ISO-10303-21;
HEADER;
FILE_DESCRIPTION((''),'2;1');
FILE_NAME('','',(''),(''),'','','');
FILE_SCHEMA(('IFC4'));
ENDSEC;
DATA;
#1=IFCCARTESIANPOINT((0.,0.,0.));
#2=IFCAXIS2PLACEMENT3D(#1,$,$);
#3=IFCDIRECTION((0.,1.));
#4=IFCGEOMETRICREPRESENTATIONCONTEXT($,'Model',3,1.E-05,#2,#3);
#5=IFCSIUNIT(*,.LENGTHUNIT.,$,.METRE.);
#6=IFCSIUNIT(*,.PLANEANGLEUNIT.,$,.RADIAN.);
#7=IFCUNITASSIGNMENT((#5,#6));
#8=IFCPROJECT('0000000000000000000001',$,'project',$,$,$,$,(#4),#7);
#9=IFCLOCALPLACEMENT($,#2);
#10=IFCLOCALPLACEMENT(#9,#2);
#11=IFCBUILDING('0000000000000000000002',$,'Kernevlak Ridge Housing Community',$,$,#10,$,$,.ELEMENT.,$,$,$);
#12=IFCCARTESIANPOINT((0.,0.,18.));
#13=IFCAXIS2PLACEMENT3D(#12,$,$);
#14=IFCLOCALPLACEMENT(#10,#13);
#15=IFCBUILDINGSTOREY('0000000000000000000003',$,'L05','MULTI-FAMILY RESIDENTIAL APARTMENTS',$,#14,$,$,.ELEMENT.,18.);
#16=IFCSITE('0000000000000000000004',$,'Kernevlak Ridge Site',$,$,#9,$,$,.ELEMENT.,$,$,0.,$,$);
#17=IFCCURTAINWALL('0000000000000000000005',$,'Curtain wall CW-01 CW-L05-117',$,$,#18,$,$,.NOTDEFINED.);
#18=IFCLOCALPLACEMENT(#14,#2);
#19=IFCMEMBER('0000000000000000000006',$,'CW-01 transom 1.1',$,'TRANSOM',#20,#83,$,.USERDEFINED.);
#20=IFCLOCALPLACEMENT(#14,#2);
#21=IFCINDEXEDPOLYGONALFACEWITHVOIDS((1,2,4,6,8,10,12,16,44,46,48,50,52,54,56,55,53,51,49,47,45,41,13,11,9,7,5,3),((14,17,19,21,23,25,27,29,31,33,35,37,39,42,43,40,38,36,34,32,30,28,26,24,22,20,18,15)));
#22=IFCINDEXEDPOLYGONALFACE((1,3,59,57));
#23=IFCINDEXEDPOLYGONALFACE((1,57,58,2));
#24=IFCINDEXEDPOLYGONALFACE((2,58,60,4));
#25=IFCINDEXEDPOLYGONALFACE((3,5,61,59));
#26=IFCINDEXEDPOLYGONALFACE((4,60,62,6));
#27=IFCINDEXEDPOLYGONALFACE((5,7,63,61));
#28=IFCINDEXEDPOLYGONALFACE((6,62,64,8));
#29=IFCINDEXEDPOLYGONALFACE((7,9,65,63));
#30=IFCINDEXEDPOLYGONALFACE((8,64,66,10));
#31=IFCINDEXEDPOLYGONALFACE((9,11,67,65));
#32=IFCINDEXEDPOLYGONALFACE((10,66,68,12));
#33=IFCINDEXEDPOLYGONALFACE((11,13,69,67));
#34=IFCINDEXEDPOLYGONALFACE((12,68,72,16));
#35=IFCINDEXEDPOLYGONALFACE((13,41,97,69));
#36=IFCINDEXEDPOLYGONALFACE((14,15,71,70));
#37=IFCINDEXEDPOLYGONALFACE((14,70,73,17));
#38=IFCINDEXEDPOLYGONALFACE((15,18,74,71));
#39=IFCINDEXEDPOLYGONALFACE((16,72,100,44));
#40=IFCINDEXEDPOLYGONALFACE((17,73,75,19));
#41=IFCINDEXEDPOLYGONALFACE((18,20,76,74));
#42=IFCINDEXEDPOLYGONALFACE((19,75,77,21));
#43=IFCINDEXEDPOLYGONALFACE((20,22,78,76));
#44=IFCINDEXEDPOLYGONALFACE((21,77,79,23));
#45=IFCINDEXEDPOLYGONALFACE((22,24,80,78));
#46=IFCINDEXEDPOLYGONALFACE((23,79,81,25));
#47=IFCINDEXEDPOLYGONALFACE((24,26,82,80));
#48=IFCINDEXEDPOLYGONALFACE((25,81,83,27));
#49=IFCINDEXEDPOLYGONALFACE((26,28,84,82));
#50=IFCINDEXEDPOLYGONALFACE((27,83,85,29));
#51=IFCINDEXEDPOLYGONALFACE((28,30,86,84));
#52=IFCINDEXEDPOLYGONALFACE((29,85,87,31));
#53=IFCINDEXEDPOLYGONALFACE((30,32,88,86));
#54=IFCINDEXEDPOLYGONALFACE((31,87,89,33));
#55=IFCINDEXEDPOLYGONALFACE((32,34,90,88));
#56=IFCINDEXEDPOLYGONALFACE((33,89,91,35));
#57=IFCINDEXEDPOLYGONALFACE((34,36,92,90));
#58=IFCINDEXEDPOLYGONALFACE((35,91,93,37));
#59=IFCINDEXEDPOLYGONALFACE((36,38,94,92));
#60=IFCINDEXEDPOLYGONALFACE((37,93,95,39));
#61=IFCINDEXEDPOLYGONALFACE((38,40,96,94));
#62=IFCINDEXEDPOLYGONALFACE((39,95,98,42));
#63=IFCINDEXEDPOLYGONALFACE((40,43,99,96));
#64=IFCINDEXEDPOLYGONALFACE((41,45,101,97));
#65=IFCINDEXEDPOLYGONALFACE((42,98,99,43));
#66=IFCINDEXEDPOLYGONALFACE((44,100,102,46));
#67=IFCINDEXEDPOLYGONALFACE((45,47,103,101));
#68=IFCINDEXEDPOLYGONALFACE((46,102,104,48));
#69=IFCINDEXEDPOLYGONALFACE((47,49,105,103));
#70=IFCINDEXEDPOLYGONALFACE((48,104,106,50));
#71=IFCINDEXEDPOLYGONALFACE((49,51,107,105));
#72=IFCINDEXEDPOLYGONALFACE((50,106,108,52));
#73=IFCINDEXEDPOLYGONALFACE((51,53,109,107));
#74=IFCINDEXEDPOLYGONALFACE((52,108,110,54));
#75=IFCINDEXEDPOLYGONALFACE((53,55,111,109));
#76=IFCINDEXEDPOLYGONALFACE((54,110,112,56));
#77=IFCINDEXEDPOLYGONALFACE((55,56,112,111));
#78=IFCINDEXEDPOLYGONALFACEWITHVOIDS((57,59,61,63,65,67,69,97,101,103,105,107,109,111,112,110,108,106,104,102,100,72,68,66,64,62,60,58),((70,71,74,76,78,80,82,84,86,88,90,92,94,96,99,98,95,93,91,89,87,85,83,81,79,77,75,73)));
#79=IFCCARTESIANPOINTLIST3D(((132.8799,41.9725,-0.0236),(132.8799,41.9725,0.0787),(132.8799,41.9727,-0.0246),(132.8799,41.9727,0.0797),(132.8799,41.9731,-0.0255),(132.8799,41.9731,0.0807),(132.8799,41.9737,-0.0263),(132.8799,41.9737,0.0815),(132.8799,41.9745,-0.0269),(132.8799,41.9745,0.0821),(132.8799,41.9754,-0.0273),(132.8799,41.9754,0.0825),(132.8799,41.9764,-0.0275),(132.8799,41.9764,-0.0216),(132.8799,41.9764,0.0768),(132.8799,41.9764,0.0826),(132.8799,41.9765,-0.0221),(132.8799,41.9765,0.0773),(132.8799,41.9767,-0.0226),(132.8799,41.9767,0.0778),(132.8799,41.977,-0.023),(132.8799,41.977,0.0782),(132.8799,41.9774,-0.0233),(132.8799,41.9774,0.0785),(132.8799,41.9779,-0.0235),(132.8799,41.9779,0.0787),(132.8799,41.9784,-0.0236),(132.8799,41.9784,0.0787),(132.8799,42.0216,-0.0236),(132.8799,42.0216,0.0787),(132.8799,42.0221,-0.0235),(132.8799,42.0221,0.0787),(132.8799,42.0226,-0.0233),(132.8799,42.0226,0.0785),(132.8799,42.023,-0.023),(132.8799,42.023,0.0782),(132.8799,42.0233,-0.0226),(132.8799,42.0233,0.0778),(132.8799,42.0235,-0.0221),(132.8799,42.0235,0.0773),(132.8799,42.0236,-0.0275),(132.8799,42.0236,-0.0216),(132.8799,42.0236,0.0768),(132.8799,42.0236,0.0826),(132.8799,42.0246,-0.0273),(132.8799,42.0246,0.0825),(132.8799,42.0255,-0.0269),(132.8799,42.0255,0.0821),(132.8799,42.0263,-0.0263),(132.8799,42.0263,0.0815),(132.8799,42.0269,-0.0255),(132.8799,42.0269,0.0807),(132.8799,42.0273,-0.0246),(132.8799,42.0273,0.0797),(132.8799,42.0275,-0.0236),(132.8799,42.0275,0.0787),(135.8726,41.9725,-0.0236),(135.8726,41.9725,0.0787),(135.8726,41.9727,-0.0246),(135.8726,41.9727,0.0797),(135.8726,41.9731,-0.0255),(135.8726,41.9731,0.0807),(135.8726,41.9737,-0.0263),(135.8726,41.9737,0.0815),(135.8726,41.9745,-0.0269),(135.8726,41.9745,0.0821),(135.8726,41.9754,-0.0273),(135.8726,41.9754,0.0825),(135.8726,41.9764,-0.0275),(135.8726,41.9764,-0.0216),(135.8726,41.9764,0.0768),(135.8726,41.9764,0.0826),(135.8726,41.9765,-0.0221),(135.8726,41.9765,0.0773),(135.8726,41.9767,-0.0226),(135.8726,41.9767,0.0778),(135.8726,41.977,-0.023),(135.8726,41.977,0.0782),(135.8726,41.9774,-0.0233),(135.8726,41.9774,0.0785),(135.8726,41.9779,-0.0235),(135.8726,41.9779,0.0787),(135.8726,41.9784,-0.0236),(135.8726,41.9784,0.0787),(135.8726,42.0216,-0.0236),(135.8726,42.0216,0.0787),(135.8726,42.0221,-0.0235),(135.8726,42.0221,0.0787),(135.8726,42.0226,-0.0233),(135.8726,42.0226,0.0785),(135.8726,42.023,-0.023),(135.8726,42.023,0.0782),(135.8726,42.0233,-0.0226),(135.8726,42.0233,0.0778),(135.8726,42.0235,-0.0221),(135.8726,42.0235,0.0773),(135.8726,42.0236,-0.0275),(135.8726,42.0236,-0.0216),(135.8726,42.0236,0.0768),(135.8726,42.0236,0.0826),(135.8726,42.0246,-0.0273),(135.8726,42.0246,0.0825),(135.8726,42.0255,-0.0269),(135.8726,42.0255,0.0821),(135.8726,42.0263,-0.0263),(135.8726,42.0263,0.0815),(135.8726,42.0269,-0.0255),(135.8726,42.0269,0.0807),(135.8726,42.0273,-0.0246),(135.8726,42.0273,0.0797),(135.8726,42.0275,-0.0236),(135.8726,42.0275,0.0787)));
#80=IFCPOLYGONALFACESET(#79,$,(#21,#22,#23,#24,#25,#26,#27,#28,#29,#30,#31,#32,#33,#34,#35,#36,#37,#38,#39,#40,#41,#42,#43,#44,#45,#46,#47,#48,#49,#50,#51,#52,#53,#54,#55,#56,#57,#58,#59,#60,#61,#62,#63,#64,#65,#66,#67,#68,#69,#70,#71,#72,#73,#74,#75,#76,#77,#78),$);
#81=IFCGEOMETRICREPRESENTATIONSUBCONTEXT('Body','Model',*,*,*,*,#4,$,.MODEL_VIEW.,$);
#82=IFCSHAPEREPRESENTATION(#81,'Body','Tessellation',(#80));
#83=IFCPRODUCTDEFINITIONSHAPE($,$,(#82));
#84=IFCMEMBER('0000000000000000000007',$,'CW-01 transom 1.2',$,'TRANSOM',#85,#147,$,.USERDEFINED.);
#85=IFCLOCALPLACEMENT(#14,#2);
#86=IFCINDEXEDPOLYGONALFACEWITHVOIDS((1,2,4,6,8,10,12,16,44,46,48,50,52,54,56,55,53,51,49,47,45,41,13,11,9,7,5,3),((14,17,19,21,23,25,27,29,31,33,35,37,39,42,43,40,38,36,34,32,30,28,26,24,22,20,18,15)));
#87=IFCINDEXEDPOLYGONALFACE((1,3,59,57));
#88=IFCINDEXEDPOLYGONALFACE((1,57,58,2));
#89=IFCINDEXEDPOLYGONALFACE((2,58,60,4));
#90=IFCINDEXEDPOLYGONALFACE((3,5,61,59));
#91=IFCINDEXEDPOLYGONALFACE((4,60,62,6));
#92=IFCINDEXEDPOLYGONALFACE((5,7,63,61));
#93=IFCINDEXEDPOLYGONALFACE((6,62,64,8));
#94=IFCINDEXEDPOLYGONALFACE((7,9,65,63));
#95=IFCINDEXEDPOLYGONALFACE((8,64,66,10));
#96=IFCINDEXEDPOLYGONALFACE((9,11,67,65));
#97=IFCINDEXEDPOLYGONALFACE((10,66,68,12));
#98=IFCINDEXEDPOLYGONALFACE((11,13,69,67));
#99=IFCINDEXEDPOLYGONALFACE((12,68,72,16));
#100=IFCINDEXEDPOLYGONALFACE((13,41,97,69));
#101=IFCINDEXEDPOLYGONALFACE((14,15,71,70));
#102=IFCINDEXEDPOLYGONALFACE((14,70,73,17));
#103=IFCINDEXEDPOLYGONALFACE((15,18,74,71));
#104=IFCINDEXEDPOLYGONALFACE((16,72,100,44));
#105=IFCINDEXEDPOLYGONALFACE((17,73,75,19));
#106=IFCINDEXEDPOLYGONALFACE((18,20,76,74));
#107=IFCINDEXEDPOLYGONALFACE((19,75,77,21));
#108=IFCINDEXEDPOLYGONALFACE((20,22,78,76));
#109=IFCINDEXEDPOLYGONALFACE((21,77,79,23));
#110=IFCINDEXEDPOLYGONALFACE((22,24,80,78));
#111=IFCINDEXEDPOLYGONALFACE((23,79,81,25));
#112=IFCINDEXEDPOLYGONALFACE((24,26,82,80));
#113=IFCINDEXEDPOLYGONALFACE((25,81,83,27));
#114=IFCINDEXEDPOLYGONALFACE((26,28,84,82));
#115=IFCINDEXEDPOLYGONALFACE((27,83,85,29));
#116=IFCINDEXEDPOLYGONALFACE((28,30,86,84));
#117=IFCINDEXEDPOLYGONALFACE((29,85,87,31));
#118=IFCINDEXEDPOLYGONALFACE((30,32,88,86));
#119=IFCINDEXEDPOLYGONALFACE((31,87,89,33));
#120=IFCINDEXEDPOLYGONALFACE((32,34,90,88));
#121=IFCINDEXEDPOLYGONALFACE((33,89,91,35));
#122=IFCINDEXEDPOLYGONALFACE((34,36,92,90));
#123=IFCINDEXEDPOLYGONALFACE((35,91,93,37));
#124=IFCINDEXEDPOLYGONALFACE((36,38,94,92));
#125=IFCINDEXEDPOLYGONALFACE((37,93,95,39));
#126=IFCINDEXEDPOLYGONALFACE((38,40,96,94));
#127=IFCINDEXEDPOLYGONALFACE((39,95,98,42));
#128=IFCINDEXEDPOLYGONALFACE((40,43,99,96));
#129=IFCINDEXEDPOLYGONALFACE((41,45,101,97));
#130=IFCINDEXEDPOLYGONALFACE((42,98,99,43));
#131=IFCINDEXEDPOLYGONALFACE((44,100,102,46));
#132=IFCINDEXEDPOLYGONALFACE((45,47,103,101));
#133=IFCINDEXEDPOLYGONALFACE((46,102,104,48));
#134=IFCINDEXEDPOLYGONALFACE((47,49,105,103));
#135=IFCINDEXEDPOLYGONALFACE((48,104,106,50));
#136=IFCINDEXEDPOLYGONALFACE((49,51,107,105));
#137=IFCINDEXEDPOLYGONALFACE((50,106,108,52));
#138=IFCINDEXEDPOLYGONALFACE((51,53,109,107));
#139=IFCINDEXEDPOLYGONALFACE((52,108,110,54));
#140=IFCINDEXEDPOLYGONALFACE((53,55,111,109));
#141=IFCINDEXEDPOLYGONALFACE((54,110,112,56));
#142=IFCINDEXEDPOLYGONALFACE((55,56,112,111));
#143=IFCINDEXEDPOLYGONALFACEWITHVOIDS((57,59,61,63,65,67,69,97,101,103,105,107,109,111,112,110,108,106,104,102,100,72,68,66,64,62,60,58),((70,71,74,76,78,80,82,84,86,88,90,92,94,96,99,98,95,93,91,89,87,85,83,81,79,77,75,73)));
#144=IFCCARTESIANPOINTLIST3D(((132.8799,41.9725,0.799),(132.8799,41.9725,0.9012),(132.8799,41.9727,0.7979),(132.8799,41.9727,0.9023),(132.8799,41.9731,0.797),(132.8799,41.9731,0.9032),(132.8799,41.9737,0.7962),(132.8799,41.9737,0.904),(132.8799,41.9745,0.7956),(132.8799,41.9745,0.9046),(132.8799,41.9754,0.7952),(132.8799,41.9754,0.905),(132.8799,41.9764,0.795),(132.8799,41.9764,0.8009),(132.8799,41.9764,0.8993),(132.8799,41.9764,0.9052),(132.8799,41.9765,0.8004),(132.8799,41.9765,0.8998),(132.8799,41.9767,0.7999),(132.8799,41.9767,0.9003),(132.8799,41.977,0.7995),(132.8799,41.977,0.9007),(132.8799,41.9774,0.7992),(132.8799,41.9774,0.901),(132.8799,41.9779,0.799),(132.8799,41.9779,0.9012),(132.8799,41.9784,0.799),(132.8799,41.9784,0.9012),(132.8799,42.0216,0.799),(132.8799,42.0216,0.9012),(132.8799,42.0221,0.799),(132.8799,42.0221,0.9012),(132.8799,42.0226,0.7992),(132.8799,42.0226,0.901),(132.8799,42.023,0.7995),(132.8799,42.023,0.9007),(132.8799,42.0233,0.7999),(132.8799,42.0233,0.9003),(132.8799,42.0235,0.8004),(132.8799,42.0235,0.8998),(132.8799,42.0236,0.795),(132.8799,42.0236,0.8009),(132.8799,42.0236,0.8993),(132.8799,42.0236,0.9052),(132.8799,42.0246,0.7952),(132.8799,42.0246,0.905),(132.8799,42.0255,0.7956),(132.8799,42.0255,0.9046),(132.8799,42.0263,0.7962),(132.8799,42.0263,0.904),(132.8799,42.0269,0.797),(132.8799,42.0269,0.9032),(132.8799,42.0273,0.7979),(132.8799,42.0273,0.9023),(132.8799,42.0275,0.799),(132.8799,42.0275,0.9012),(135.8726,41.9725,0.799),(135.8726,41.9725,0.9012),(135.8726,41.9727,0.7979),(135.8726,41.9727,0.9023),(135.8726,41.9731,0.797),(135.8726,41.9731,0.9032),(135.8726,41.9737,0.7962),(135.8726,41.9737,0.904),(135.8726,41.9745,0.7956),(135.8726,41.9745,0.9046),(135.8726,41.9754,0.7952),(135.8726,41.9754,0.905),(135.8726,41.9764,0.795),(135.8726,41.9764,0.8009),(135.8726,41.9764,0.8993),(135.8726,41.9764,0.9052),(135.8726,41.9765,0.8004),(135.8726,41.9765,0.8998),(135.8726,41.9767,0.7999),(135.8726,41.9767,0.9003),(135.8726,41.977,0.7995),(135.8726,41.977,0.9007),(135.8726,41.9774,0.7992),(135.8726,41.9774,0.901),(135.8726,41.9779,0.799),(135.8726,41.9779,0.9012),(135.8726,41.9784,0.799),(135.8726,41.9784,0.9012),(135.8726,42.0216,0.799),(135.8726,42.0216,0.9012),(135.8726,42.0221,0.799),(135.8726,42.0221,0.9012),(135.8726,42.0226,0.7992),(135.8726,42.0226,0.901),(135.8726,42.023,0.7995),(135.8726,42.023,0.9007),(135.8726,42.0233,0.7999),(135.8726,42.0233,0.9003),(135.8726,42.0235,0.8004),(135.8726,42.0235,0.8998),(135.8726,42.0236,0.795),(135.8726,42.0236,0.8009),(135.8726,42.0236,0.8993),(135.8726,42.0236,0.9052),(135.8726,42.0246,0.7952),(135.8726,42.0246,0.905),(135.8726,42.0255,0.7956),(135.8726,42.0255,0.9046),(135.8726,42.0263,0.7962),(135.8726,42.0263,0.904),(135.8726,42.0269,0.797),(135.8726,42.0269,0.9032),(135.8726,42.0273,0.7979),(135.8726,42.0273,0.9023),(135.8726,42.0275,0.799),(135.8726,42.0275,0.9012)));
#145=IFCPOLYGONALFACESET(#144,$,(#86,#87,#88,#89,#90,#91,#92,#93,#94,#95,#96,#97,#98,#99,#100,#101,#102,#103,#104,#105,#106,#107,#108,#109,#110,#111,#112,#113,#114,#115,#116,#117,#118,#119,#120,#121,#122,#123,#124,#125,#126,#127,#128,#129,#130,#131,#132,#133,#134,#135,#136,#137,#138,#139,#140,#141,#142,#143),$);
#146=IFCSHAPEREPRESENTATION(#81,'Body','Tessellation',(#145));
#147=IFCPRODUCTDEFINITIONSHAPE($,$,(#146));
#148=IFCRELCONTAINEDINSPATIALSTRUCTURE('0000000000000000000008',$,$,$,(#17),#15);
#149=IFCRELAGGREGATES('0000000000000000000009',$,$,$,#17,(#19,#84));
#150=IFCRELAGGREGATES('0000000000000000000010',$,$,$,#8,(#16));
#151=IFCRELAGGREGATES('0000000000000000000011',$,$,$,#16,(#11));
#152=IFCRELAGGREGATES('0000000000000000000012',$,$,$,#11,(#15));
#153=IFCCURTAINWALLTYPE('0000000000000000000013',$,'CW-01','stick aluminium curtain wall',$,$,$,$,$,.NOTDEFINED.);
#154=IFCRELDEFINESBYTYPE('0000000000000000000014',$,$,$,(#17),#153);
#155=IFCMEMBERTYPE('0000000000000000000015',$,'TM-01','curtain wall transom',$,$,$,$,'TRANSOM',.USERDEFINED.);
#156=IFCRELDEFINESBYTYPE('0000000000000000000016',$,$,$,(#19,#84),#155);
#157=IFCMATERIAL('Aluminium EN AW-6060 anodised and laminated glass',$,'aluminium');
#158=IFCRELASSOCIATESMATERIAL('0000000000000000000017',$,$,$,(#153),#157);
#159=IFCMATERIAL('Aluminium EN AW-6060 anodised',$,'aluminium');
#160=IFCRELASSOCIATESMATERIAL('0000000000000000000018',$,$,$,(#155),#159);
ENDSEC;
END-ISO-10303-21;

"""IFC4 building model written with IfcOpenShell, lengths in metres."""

from ifc_helpers import new_model, si_unit, direction, frame, origin, origin_2d, place, context, subcontext, project, spatial, hollow_rectangle, extrude, material, material_profile, profile_set, type_object, element, aggregate, save


model = new_model("IFC4")

# Units and contexts
model_context = context("Model", 3, precision=1e-05, world=origin(), true_north=direction((0.0, 1.0)))
body_context = subcontext(model_context, "Body", "Model", "MODEL_VIEW")
ifc_project = project(units=[si_unit("LENGTHUNIT", "METRE"), si_unit("PLANEANGLEUNIT", "RADIAN")], contexts=[model_context])

# Site, building, storey
site_placement = place(None, origin())
site = spatial("IfcSite", under=ifc_project, at=site_placement, Name="Kernevlak Ridge Site", CompositionType="ELEMENT", RefElevation=0.0)
building_placement = place(site_placement, origin())
building = spatial("IfcBuilding", under=site, at=building_placement, Name="Kernevlak Ridge Housing Community", CompositionType="ELEMENT")
storey_placement = place(building_placement, frame((0.0, 0.0, 18.0)))
storey = spatial("IfcBuildingStorey", under=building, at=storey_placement, Name="L05", Description="MULTI-FAMILY RESIDENTIAL APARTMENTS", CompositionType="ELEMENT", Elevation=18.0)

# Curtain wall
ifc_material_1 = material(Name="Aluminium EN AW-6060 anodised and laminated glass", Category="aluminium")
curtain_wall_type = type_object("IfcCurtainWallType", Name="CW-01", Description="stick aluminium curtain wall", PredefinedType="NOTDEFINED", material=ifc_material_1)
curtain_wall_placement = place(storey_placement, origin())
curtain_wall = element("IfcCurtainWall", 1, at=curtain_wall_placement, inside=storey, type_object=curtain_wall_type, Name="Curtain wall CW-01 CW-L05-117", PredefinedType="NOTDEFINED")
ifc_material_2 = material(Name="Aluminium EN AW-6060 anodised", Category="aluminium")

# Members
ifc_material_profile_1 = material_profile(ifc_material_2, hollow_rectangle(XDim=0.0549, YDim=0.1101, WallThickness=0.0039, InnerFilletRadius=0.002, OuterFilletRadius=0.0039, at=origin_2d()), Name="ALU 55x110x4")
ifc_profile_set_1 = profile_set([ifc_material_profile_1], Name="Aluminium EN AW-6060 anodised")
member_type_1 = type_object("IfcMemberType", Name="TM-01", Description="curtain wall transom", ElementType="TRANSOM", PredefinedType="USERDEFINED", material=ifc_profile_set_1)
member_1_placement = place(storey_placement, frame((132.8799, 42.0, 0.0276), z_axis=(1.0, 0.0, 0.0), x_axis=(0.0, 1.0, 0.0)))
member_1 = element("IfcMember", 2, at=member_1_placement, type_object=member_type_1, Name="CW-01 transom 1.1", ObjectType="TRANSOM", PredefinedType="USERDEFINED", context=body_context, shape_type="SweptSolid", body=[
    extrude(hollow_rectangle(XDim=0.0549, YDim=0.1101, WallThickness=0.0039, InnerFilletRadius=0.002, OuterFilletRadius=0.0039, at=origin_2d()), origin(), (0.0, 0.0, 1.0), 2.9927),
])
member_2_placement = place(storey_placement, frame((132.8799, 42.0, 0.8501), z_axis=(1.0, 0.0, 0.0), x_axis=(0.0, 1.0, 0.0)))
member_2 = element("IfcMember", 3, at=member_2_placement, type_object=member_type_1, Name="CW-01 transom 1.2", ObjectType="TRANSOM", PredefinedType="USERDEFINED", context=body_context, shape_type="SweptSolid", body=[
    extrude(hollow_rectangle(XDim=0.0549, YDim=0.1101, WallThickness=0.0039, InnerFilletRadius=0.002, OuterFilletRadius=0.0039, at=origin_2d()), origin(), (0.0, 0.0, 1.0), 2.9927),
])
aggregate(curtain_wall, [member_1, member_2])

save(model, "model.ifc")
